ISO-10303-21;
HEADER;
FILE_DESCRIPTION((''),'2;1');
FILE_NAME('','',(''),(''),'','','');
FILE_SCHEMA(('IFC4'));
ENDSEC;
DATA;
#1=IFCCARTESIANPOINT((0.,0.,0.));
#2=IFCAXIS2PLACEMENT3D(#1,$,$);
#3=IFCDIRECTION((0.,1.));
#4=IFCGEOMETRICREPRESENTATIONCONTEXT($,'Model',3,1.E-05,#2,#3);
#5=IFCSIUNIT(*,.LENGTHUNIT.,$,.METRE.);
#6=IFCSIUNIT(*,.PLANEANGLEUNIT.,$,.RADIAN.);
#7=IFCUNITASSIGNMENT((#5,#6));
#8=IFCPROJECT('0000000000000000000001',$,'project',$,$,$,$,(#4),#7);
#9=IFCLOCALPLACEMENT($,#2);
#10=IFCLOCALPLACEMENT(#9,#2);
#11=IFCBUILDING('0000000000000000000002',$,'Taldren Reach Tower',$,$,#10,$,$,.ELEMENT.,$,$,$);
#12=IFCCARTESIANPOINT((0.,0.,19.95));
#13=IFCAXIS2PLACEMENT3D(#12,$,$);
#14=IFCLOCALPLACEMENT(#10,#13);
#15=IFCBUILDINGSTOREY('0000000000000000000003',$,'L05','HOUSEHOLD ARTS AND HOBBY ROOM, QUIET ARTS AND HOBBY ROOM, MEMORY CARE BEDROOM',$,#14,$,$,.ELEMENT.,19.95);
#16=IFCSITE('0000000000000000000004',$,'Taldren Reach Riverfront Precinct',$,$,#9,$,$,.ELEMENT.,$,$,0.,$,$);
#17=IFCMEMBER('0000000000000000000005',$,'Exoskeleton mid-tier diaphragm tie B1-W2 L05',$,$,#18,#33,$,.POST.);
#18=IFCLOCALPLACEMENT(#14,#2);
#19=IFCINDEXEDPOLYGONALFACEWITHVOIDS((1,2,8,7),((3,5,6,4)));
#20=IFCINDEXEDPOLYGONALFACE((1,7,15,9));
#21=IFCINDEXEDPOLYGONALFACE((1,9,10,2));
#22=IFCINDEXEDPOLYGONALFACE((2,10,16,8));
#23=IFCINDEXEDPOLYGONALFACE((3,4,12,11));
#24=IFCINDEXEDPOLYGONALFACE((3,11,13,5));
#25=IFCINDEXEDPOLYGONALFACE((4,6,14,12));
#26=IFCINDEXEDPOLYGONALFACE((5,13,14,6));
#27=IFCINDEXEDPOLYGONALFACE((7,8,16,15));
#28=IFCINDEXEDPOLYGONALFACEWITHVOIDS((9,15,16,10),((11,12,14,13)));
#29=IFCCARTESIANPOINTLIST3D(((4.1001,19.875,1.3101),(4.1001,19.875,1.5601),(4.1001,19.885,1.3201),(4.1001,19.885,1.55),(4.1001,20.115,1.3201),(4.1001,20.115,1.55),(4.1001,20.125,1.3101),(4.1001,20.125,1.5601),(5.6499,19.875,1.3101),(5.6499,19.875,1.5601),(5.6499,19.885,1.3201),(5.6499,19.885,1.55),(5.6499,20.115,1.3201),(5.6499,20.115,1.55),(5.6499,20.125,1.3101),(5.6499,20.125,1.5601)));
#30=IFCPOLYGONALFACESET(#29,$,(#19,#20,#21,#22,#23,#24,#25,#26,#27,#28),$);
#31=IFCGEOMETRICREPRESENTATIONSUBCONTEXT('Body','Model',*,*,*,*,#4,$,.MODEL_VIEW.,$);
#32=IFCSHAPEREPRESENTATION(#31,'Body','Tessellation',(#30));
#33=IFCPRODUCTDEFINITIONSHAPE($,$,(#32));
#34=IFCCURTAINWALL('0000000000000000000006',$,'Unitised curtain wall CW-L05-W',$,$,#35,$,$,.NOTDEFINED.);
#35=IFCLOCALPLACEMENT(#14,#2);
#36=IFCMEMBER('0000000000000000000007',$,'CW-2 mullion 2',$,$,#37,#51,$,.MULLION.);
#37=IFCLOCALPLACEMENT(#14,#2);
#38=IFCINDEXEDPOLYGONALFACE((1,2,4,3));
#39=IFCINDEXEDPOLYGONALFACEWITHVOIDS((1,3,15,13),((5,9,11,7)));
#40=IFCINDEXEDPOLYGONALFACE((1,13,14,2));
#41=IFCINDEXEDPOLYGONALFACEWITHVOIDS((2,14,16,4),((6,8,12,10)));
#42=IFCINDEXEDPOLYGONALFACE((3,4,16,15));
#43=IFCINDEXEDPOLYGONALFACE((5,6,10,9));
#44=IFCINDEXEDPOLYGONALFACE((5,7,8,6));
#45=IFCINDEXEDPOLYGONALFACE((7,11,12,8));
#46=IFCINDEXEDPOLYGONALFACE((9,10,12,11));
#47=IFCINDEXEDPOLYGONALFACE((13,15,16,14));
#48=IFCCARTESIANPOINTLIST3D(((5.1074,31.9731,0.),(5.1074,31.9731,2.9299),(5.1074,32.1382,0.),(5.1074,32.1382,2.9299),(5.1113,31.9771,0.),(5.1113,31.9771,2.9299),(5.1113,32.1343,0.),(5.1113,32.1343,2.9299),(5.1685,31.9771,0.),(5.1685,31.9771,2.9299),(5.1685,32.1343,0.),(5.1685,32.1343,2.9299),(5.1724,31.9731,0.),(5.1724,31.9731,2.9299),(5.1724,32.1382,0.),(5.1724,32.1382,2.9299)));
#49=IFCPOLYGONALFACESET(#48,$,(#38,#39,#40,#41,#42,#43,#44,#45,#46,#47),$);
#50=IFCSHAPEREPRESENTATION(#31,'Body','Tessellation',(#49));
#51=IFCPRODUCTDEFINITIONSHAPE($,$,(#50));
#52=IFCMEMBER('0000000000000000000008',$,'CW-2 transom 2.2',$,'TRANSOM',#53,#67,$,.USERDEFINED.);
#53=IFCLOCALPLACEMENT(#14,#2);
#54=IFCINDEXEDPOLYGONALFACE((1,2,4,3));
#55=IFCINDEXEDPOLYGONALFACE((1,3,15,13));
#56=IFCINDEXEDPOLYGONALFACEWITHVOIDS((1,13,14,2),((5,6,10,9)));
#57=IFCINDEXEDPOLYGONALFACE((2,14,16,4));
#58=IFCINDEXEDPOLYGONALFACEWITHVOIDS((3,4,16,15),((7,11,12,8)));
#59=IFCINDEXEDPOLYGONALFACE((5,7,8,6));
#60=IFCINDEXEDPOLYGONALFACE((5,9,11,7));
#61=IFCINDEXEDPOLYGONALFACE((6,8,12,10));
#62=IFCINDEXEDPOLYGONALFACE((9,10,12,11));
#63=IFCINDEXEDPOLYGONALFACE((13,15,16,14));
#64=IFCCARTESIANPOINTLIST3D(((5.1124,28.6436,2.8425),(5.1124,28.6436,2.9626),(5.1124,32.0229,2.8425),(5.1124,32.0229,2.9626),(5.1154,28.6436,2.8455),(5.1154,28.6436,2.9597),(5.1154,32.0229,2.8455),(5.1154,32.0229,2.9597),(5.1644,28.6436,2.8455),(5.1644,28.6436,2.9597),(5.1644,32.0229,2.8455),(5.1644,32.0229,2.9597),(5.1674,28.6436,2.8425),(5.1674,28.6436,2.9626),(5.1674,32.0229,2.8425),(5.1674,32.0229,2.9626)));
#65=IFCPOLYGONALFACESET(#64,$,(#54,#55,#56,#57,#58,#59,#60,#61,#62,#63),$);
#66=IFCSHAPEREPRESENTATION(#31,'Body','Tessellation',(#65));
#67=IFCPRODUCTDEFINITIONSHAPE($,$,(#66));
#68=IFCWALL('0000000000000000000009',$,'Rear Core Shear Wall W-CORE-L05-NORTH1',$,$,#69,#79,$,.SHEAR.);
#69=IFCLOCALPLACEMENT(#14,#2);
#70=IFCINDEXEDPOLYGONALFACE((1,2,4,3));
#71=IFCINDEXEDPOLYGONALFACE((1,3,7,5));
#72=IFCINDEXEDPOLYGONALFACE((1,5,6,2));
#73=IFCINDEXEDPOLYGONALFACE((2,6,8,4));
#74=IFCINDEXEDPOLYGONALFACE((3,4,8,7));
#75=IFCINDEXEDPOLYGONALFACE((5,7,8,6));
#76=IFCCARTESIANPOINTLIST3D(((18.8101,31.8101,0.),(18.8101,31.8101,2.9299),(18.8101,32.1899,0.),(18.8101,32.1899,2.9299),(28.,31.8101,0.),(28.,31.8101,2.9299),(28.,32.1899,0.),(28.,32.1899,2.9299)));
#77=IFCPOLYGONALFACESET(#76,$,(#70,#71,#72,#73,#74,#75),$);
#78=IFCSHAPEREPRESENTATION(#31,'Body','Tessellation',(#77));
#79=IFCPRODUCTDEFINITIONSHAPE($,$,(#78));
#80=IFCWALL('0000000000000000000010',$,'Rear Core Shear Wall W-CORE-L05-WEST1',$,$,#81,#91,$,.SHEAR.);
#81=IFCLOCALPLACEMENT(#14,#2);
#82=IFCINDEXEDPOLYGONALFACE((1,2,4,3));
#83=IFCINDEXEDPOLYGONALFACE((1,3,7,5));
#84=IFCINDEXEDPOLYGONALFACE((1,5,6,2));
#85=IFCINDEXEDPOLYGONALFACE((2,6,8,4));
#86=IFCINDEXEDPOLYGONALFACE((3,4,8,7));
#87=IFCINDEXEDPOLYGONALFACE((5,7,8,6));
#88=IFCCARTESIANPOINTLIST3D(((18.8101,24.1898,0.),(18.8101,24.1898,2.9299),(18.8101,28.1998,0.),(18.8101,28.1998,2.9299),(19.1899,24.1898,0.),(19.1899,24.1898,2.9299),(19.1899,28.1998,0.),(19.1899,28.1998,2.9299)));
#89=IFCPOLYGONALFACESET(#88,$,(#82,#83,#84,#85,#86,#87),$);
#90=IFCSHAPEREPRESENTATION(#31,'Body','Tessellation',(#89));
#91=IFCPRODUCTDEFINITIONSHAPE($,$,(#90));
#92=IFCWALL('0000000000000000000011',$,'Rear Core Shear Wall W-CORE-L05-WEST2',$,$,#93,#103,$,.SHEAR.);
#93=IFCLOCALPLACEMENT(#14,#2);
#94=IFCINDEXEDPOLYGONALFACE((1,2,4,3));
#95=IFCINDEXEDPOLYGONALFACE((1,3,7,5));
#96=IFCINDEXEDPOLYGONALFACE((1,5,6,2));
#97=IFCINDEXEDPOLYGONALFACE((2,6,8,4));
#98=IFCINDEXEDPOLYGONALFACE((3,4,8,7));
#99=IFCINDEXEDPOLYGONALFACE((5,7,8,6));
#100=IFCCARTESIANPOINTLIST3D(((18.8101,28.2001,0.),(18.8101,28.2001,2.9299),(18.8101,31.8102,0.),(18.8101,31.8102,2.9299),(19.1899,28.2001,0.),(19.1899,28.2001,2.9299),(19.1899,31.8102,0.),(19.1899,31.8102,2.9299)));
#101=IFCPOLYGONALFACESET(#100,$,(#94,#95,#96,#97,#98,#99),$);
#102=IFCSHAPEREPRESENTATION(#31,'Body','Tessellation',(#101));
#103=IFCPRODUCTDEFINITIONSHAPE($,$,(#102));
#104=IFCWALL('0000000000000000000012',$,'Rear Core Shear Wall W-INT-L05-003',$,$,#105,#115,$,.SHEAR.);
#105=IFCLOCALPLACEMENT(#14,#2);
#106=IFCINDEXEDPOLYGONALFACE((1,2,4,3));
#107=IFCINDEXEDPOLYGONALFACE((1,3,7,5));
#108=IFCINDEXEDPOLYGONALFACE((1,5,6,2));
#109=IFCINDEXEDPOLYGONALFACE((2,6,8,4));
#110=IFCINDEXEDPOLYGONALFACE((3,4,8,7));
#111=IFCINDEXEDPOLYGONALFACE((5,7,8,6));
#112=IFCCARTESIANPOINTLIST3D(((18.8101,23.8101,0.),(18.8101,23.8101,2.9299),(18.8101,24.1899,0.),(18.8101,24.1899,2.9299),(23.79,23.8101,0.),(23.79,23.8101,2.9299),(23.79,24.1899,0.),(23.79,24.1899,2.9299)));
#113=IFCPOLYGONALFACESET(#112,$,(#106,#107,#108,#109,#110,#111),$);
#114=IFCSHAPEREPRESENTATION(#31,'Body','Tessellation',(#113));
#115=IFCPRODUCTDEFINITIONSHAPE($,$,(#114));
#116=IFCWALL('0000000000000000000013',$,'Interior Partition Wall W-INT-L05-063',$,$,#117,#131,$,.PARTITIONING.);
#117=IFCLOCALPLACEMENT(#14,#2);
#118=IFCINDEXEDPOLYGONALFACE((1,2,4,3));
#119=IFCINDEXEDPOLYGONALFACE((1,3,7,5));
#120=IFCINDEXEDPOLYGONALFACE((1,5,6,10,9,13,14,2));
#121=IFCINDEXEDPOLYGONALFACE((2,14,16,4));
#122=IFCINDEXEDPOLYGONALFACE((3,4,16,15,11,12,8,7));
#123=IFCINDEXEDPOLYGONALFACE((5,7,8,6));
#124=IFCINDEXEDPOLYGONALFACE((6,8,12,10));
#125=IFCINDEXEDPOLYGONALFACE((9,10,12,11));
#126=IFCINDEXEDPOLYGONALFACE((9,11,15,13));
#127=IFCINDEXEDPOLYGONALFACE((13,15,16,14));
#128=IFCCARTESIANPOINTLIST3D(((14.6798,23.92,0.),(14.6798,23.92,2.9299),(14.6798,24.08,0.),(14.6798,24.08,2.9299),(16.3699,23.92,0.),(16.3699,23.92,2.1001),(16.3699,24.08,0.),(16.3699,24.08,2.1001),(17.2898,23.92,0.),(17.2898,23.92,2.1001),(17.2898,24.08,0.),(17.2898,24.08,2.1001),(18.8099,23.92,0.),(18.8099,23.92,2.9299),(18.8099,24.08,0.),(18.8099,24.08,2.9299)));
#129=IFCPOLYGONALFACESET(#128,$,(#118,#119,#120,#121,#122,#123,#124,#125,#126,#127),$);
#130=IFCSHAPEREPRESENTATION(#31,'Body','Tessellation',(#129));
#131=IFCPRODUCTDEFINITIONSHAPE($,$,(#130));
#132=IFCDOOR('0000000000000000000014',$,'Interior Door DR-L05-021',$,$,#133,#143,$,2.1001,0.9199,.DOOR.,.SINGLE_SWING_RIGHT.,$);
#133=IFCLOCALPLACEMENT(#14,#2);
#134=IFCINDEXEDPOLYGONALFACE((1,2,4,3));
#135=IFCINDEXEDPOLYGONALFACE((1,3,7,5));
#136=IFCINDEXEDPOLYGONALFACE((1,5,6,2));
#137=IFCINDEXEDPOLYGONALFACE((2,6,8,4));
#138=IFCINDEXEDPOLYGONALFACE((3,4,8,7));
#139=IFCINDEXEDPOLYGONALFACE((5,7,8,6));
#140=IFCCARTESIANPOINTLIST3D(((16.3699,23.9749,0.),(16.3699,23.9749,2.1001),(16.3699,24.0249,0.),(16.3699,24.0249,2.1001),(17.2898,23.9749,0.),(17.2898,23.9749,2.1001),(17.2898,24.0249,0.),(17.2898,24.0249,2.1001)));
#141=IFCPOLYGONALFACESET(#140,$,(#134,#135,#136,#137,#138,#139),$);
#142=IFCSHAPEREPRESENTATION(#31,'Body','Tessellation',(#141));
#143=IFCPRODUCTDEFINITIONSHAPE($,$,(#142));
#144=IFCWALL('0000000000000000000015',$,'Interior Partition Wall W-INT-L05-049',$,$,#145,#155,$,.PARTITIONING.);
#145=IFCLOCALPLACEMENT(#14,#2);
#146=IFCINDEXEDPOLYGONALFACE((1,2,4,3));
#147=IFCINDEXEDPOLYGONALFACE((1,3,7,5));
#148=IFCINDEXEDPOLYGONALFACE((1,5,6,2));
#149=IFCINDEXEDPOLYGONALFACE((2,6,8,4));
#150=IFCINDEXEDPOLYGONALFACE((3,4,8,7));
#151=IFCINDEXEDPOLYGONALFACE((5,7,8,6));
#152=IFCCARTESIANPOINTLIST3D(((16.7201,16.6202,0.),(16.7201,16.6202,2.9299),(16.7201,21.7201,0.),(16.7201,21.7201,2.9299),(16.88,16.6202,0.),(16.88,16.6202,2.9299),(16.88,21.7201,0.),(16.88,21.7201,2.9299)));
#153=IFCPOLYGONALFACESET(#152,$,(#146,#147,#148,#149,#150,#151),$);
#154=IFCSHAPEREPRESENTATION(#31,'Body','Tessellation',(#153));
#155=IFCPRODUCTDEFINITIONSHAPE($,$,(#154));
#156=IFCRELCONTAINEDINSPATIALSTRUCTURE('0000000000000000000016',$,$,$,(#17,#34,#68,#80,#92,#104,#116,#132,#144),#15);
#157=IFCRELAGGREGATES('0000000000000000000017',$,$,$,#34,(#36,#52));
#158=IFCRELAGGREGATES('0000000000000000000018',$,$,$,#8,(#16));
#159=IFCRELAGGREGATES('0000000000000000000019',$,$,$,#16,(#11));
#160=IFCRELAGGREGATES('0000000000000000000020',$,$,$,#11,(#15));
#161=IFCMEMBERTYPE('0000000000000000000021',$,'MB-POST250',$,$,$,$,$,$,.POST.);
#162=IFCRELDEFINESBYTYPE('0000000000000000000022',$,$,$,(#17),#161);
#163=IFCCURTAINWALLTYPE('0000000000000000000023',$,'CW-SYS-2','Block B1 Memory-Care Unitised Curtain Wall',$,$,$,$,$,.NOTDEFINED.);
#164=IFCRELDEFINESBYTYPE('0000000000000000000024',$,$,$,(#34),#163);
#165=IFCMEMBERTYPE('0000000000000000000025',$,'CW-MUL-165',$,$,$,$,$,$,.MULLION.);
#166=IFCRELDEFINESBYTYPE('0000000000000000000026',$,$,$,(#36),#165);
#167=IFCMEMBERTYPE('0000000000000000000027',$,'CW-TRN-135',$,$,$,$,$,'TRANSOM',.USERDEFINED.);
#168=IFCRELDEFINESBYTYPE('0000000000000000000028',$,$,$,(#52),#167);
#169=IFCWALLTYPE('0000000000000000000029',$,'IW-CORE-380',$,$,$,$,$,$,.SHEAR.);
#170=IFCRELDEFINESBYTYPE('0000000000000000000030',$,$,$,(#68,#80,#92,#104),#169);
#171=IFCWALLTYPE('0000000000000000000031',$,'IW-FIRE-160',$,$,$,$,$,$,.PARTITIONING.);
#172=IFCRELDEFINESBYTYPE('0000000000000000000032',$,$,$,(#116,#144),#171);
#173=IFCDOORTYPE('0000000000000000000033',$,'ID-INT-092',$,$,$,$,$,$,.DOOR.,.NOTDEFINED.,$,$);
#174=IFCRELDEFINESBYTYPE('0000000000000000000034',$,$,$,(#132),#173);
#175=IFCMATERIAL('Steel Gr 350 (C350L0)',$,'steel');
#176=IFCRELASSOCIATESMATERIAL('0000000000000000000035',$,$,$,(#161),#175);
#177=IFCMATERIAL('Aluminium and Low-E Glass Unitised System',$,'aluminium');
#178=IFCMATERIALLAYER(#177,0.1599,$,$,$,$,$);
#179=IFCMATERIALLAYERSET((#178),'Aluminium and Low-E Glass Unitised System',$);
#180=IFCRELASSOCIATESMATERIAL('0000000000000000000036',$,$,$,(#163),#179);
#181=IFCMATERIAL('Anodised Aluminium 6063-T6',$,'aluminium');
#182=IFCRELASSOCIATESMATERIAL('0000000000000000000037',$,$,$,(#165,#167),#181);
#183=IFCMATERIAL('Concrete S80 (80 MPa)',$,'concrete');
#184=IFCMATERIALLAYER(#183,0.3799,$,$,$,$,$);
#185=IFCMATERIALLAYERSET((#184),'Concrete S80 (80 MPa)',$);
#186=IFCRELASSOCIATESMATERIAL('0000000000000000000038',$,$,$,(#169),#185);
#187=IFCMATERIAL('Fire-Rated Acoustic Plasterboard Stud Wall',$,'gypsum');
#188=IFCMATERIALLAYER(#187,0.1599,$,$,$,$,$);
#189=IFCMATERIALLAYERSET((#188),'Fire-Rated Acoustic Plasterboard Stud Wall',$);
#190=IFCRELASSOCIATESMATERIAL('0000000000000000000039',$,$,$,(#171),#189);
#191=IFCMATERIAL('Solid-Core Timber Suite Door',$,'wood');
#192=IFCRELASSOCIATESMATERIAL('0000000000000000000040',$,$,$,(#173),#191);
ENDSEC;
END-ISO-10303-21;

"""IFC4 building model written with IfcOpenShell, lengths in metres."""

from ifc_helpers import new_model, si_unit, direction, frame, frame_2d, origin, origin_2d, place, context, subcontext, project, spatial, rectangle, hollow_rectangle, extrude, source, transform, mapped, material, layer, layer_set, material_profile, profile_set, type_object, element, fill, aggregate, save


model = new_model("IFC4")

# Units and contexts
model_context = context("Model", 3, precision=1e-05, world=origin(), true_north=direction((0.0, 1.0)))
body_context = subcontext(model_context, "Body", "Model", "MODEL_VIEW")
ifc_project = project(units=[si_unit("LENGTHUNIT", "METRE"), si_unit("PLANEANGLEUNIT", "RADIAN")], contexts=[model_context])

# Site, building, storey
site_placement = place(None, origin())
site = spatial("IfcSite", under=ifc_project, at=site_placement, Name="Taldren Reach Riverfront Precinct", CompositionType="ELEMENT", RefElevation=0.0)
building_placement = place(site_placement, origin())
building = spatial("IfcBuilding", under=site, at=building_placement, Name="Taldren Reach Tower", CompositionType="ELEMENT")
storey_placement = place(building_placement, frame((0.0, 0.0, 19.95)))
storey = spatial("IfcBuildingStorey", under=building, at=storey_placement, Name="L05", Description="HOUSEHOLD ARTS AND HOBBY ROOM, QUIET ARTS AND HOBBY ROOM, MEMORY CARE BEDROOM", CompositionType="ELEMENT", Elevation=19.95)

# Member
ifc_material_1 = material(Name="Steel Gr 350 (C350L0)", Category="steel")
ifc_material_profile_1 = material_profile(ifc_material_1, hollow_rectangle(XDim=0.25, YDim=0.25, WallThickness=0.01, at=origin_2d()), Name="250x250x10.0SHS")
ifc_profile_set_1 = profile_set([ifc_material_profile_1], Name="Steel Gr 350 (C350L0)")
member_type_1 = type_object("IfcMemberType", Name="MB-POST250", PredefinedType="POST", material=ifc_profile_set_1)
shared_shape_1 = source(origin(), body_context, "Body", "SweptSolid", [
    extrude(hollow_rectangle(XDim=0.25, YDim=0.25, WallThickness=0.01, at=origin_2d()), origin(), (0.0, 0.0, 1.0), 1.5498),
])
for number, where, z_axis, x_axis, name in (
    (1, (5.6499, 20.0, 1.4351), (-1.0, 0.0, 0.0), (0.0, -1.0, 0.0), "Exoskeleton mid-tier diaphragm tie B1-W2 L05"),
):
    element("IfcMember", number, at=place(storey_placement, frame(where, z_axis=z_axis, x_axis=x_axis)), inside=storey, type_object=member_type_1, Name=name, PredefinedType="POST", context=body_context, shape_type="MappedRepresentation", body=[
        mapped(shared_shape_1, transform((0.0, 0.0, 0.0), scale=1.0)),
    ])

# Curtain wall, members
ifc_material_2 = material(Name="Aluminium and Low-E Glass Unitised System", Category="aluminium")
ifc_layer_1 = layer(ifc_material_2, 0.1599)
ifc_layer_set_1 = layer_set([ifc_layer_1], Name="Aluminium and Low-E Glass Unitised System")
curtain_wall_type = type_object("IfcCurtainWallType", Name="CW-SYS-2", Description="Block B1 Memory-Care Unitised Curtain Wall", PredefinedType="NOTDEFINED", material=ifc_layer_set_1)
curtain_wall_placement = place(storey_placement, origin())
curtain_wall = element("IfcCurtainWall", 2, at=curtain_wall_placement, inside=storey, type_object=curtain_wall_type, Name="Unitised curtain wall CW-L05-W", PredefinedType="NOTDEFINED")
ifc_material_3 = material(Name="Anodised Aluminium 6063-T6", Category="aluminium")
ifc_material_profile_2 = material_profile(ifc_material_3, hollow_rectangle(XDim=0.0649, YDim=0.165, WallThickness=0.0039, at=origin_2d()), Name="ALU-165x65x4RHS")
ifc_profile_set_2 = profile_set([ifc_material_profile_2], Name="Anodised Aluminium 6063-T6")
member_type_2 = type_object("IfcMemberType", Name="CW-MUL-165", PredefinedType="MULLION", material=ifc_profile_set_2)
shared_shape_2 = source(origin(), body_context, "Body", "SweptSolid", [
    extrude(hollow_rectangle(XDim=0.0649, YDim=0.165, WallThickness=0.0039, at=origin_2d()), origin(), (0.0, 0.0, 1.0), 2.9299),
])
member_1_placement = place(storey_placement, frame((5.1399, 32.0557, 0.0), z_axis=(0.0, 0.0, 1.0), x_axis=(1.0, 0.0, 0.0)))
member_1 = element("IfcMember", 3, at=member_1_placement, type_object=member_type_2, Name="CW-2 mullion 2", PredefinedType="MULLION", context=body_context, shape_type="MappedRepresentation", body=[
    mapped(shared_shape_2, transform((0.0, 0.0, 0.0), scale=1.0)),
])
ifc_material_profile_3 = material_profile(ifc_material_3, hollow_rectangle(XDim=0.0549, YDim=0.1201, WallThickness=0.0029, at=origin_2d()), Name="ALU-120x55x3RHS")
ifc_profile_set_3 = profile_set([ifc_material_profile_3], Name="Anodised Aluminium 6063-T6")
member_type_3 = type_object("IfcMemberType", Name="CW-TRN-135", ElementType="TRANSOM", PredefinedType="USERDEFINED", material=ifc_profile_set_3)
shared_shape_3 = source(origin(), body_context, "Body", "SweptSolid", [
    extrude(hollow_rectangle(XDim=0.0549, YDim=0.1201, WallThickness=0.0029, at=origin_2d()), origin(), (0.0, 0.0, 1.0), 3.3794),
])
member_2_placement = place(storey_placement, frame((5.1399, 32.0229, 2.9026), z_axis=(0.0, -1.0, 0.0), x_axis=(1.0, 0.0, 0.0)))
member_2 = element("IfcMember", 4, at=member_2_placement, type_object=member_type_3, Name="CW-2 transom 2.2", ObjectType="TRANSOM", PredefinedType="USERDEFINED", context=body_context, shape_type="MappedRepresentation", body=[
    mapped(shared_shape_3, transform((0.0, 0.0, 0.0), scale=1.0)),
])
aggregate(curtain_wall, [member_1, member_2])

# Walls
ifc_material_4 = material(Name="Concrete S80 (80 MPa)", Category="concrete")
ifc_layer_2 = layer(ifc_material_4, 0.3799)
ifc_layer_set_2 = layer_set([ifc_layer_2], Name="Concrete S80 (80 MPa)")
wall_type_1 = type_object("IfcWallType", Name="IW-CORE-380", PredefinedType="SHEAR", material=ifc_layer_set_2)
shared_shape_4 = source(origin(), body_context, "Body", "SweptSolid", [
    extrude(rectangle(XDim=9.1899, YDim=0.3799, at=frame_2d((4.595, 0.0))), origin(), (0.0, 0.0, 1.0), 2.9299),
])
wall_1_placement = place(storey_placement, frame((18.8101, 32.0, 0.0), z_axis=(0.0, 0.0, 1.0), x_axis=(1.0, 0.0, 0.0)))
element("IfcWall", 5, at=wall_1_placement, inside=storey, type_object=wall_type_1, Name="Rear Core Shear Wall W-CORE-L05-NORTH1", PredefinedType="SHEAR", context=body_context, shape_type="MappedRepresentation", body=[
    mapped(shared_shape_4, transform((0.0, 0.0, 0.0), scale=1.0)),
])
shared_shape_5 = source(origin(), body_context, "Body", "SweptSolid", [
    extrude(rectangle(XDim=4.01, YDim=0.3799, at=frame_2d((2.0049, 0.0))), origin(), (0.0, 0.0, 1.0), 2.9299),
])
wall_2_placement = place(storey_placement, frame((19.0, 24.1899, 0.0), z_axis=(0.0, 0.0, 1.0), x_axis=(0.0, 1.0, 0.0)))
element("IfcWall", 6, at=wall_2_placement, inside=storey, type_object=wall_type_1, Name="Rear Core Shear Wall W-CORE-L05-WEST1", PredefinedType="SHEAR", context=body_context, shape_type="MappedRepresentation", body=[
    mapped(shared_shape_5, transform((0.0, 0.0, 0.0), scale=1.0)),
])
shared_shape_6 = source(origin(), body_context, "Body", "SweptSolid", [
    extrude(rectangle(XDim=3.6101, YDim=0.3799, at=frame_2d((1.8052, 0.0))), origin(), (0.0, 0.0, 1.0), 2.9299),
])
wall_3_placement = place(storey_placement, frame((19.0, 28.2, 0.0), z_axis=(0.0, 0.0, 1.0), x_axis=(0.0, 1.0, 0.0)))
element("IfcWall", 7, at=wall_3_placement, inside=storey, type_object=wall_type_1, Name="Rear Core Shear Wall W-CORE-L05-WEST2", PredefinedType="SHEAR", context=body_context, shape_type="MappedRepresentation", body=[
    mapped(shared_shape_6, transform((0.0, 0.0, 0.0), scale=1.0)),
])
shared_shape_7 = source(origin(), body_context, "Body", "SweptSolid", [
    extrude(rectangle(XDim=4.98, YDim=0.3799, at=frame_2d((2.49, 0.0))), origin(), (0.0, 0.0, 1.0), 2.9299),
])
wall_4_placement = place(storey_placement, frame((18.8101, 24.0, 0.0), z_axis=(0.0, 0.0, 1.0), x_axis=(1.0, 0.0, 0.0)))
element("IfcWall", 8, at=wall_4_placement, inside=storey, type_object=wall_type_1, Name="Rear Core Shear Wall W-INT-L05-003", PredefinedType="SHEAR", context=body_context, shape_type="MappedRepresentation", body=[
    mapped(shared_shape_7, transform((0.0, 0.0, 0.0), scale=1.0)),
])

# Wall, opening, door
ifc_material_5 = material(Name="Fire-Rated Acoustic Plasterboard Stud Wall", Category="gypsum")
ifc_layer_3 = layer(ifc_material_5, 0.1599)
ifc_layer_set_3 = layer_set([ifc_layer_3], Name="Fire-Rated Acoustic Plasterboard Stud Wall")
wall_type_2 = type_object("IfcWallType", Name="IW-FIRE-160", PredefinedType="PARTITIONING", material=ifc_layer_set_3)
shared_shape_8 = source(origin(), body_context, "Body", "SweptSolid", [
    extrude(rectangle(XDim=4.1301, YDim=0.1599, at=frame_2d((2.0649, 0.0))), origin(), (0.0, 0.0, 1.0), 2.9299),
])
wall_5_placement = place(storey_placement, frame((14.6799, 24.0, 0.0), z_axis=(0.0, 0.0, 1.0), x_axis=(1.0, 0.0, 0.0)))
wall_5 = element("IfcWall", 9, at=wall_5_placement, inside=storey, type_object=wall_type_2, Name="Interior Partition Wall W-INT-L05-063", PredefinedType="PARTITIONING", context=body_context, shape_type="MappedRepresentation", body=[
    mapped(shared_shape_8, transform((0.0, 0.0, 0.0), scale=1.0)),
])
shared_shape_9 = source(origin(), body_context, "Body", "SweptSolid", [
    extrude(rectangle(XDim=0.9199, YDim=2.1001, at=frame_2d((0.46, 1.05))), frame((0.0, 0.0898, 0.0), z_axis=(0.0, -1.0, 0.0), x_axis=(1.0, 0.0, 0.0)), (0.0, 0.0, 1.0), 0.1799),
])
opening_1_placement = place(wall_5_placement, frame((1.6899, 0.0, 0.0)))
opening_1 = element("IfcOpeningElement", 10, at=opening_1_placement, cuts=wall_5, PredefinedType="OPENING", context=body_context, shape_type="MappedRepresentation", body=[
    mapped(shared_shape_9, transform((0.0, 0.0, 0.0), scale=1.0)),
])
ifc_material_6 = material(Name="Solid-Core Timber Suite Door", Category="wood")
door_type_1 = type_object("IfcDoorType", Name="ID-INT-092", OperationType="NOTDEFINED", PredefinedType="DOOR", material=ifc_material_6)
shared_shape_10 = source(origin(), body_context, "Body", "SweptSolid", [
    extrude(rectangle(XDim=0.9199, YDim=2.1001, at=frame_2d((0.46, 1.05))), frame((0.0, 0.0249, 0.0), z_axis=(0.0, -1.0, 0.0), x_axis=(1.0, 0.0, 0.0)), (0.0, 0.0, 1.0), 0.05),
])
door_1_placement = place(opening_1_placement, origin())
door_1 = element("IfcDoor", 11, at=door_1_placement, inside=storey, type_object=door_type_1, Name="Interior Door DR-L05-021", OperationType="SINGLE_SWING_RIGHT", OverallHeight=2.1001, OverallWidth=0.9199, PredefinedType="DOOR", context=body_context, shape_type="MappedRepresentation", body=[
    mapped(shared_shape_10, transform((0.0, 0.0, 0.0), scale=1.0)),
])
fill(opening_1, door_1)

# Wall
shared_shape_11 = source(origin(), body_context, "Body", "SweptSolid", [
    extrude(rectangle(XDim=5.0999, YDim=0.1599, at=frame_2d((2.5498, 0.0))), origin(), (0.0, 0.0, 1.0), 2.9299),
])
wall_6_placement = place(storey_placement, frame((16.8, 21.72, 0.0), z_axis=(0.0, 0.0, 1.0), x_axis=(0.0, -1.0, 0.0)))
element("IfcWall", 12, at=wall_6_placement, inside=storey, type_object=wall_type_2, Name="Interior Partition Wall W-INT-L05-049", PredefinedType="PARTITIONING", context=body_context, shape_type="MappedRepresentation", body=[
    mapped(shared_shape_11, transform((0.0, 0.0, 0.0), scale=1.0)),
])

save(model, "model.ifc")
